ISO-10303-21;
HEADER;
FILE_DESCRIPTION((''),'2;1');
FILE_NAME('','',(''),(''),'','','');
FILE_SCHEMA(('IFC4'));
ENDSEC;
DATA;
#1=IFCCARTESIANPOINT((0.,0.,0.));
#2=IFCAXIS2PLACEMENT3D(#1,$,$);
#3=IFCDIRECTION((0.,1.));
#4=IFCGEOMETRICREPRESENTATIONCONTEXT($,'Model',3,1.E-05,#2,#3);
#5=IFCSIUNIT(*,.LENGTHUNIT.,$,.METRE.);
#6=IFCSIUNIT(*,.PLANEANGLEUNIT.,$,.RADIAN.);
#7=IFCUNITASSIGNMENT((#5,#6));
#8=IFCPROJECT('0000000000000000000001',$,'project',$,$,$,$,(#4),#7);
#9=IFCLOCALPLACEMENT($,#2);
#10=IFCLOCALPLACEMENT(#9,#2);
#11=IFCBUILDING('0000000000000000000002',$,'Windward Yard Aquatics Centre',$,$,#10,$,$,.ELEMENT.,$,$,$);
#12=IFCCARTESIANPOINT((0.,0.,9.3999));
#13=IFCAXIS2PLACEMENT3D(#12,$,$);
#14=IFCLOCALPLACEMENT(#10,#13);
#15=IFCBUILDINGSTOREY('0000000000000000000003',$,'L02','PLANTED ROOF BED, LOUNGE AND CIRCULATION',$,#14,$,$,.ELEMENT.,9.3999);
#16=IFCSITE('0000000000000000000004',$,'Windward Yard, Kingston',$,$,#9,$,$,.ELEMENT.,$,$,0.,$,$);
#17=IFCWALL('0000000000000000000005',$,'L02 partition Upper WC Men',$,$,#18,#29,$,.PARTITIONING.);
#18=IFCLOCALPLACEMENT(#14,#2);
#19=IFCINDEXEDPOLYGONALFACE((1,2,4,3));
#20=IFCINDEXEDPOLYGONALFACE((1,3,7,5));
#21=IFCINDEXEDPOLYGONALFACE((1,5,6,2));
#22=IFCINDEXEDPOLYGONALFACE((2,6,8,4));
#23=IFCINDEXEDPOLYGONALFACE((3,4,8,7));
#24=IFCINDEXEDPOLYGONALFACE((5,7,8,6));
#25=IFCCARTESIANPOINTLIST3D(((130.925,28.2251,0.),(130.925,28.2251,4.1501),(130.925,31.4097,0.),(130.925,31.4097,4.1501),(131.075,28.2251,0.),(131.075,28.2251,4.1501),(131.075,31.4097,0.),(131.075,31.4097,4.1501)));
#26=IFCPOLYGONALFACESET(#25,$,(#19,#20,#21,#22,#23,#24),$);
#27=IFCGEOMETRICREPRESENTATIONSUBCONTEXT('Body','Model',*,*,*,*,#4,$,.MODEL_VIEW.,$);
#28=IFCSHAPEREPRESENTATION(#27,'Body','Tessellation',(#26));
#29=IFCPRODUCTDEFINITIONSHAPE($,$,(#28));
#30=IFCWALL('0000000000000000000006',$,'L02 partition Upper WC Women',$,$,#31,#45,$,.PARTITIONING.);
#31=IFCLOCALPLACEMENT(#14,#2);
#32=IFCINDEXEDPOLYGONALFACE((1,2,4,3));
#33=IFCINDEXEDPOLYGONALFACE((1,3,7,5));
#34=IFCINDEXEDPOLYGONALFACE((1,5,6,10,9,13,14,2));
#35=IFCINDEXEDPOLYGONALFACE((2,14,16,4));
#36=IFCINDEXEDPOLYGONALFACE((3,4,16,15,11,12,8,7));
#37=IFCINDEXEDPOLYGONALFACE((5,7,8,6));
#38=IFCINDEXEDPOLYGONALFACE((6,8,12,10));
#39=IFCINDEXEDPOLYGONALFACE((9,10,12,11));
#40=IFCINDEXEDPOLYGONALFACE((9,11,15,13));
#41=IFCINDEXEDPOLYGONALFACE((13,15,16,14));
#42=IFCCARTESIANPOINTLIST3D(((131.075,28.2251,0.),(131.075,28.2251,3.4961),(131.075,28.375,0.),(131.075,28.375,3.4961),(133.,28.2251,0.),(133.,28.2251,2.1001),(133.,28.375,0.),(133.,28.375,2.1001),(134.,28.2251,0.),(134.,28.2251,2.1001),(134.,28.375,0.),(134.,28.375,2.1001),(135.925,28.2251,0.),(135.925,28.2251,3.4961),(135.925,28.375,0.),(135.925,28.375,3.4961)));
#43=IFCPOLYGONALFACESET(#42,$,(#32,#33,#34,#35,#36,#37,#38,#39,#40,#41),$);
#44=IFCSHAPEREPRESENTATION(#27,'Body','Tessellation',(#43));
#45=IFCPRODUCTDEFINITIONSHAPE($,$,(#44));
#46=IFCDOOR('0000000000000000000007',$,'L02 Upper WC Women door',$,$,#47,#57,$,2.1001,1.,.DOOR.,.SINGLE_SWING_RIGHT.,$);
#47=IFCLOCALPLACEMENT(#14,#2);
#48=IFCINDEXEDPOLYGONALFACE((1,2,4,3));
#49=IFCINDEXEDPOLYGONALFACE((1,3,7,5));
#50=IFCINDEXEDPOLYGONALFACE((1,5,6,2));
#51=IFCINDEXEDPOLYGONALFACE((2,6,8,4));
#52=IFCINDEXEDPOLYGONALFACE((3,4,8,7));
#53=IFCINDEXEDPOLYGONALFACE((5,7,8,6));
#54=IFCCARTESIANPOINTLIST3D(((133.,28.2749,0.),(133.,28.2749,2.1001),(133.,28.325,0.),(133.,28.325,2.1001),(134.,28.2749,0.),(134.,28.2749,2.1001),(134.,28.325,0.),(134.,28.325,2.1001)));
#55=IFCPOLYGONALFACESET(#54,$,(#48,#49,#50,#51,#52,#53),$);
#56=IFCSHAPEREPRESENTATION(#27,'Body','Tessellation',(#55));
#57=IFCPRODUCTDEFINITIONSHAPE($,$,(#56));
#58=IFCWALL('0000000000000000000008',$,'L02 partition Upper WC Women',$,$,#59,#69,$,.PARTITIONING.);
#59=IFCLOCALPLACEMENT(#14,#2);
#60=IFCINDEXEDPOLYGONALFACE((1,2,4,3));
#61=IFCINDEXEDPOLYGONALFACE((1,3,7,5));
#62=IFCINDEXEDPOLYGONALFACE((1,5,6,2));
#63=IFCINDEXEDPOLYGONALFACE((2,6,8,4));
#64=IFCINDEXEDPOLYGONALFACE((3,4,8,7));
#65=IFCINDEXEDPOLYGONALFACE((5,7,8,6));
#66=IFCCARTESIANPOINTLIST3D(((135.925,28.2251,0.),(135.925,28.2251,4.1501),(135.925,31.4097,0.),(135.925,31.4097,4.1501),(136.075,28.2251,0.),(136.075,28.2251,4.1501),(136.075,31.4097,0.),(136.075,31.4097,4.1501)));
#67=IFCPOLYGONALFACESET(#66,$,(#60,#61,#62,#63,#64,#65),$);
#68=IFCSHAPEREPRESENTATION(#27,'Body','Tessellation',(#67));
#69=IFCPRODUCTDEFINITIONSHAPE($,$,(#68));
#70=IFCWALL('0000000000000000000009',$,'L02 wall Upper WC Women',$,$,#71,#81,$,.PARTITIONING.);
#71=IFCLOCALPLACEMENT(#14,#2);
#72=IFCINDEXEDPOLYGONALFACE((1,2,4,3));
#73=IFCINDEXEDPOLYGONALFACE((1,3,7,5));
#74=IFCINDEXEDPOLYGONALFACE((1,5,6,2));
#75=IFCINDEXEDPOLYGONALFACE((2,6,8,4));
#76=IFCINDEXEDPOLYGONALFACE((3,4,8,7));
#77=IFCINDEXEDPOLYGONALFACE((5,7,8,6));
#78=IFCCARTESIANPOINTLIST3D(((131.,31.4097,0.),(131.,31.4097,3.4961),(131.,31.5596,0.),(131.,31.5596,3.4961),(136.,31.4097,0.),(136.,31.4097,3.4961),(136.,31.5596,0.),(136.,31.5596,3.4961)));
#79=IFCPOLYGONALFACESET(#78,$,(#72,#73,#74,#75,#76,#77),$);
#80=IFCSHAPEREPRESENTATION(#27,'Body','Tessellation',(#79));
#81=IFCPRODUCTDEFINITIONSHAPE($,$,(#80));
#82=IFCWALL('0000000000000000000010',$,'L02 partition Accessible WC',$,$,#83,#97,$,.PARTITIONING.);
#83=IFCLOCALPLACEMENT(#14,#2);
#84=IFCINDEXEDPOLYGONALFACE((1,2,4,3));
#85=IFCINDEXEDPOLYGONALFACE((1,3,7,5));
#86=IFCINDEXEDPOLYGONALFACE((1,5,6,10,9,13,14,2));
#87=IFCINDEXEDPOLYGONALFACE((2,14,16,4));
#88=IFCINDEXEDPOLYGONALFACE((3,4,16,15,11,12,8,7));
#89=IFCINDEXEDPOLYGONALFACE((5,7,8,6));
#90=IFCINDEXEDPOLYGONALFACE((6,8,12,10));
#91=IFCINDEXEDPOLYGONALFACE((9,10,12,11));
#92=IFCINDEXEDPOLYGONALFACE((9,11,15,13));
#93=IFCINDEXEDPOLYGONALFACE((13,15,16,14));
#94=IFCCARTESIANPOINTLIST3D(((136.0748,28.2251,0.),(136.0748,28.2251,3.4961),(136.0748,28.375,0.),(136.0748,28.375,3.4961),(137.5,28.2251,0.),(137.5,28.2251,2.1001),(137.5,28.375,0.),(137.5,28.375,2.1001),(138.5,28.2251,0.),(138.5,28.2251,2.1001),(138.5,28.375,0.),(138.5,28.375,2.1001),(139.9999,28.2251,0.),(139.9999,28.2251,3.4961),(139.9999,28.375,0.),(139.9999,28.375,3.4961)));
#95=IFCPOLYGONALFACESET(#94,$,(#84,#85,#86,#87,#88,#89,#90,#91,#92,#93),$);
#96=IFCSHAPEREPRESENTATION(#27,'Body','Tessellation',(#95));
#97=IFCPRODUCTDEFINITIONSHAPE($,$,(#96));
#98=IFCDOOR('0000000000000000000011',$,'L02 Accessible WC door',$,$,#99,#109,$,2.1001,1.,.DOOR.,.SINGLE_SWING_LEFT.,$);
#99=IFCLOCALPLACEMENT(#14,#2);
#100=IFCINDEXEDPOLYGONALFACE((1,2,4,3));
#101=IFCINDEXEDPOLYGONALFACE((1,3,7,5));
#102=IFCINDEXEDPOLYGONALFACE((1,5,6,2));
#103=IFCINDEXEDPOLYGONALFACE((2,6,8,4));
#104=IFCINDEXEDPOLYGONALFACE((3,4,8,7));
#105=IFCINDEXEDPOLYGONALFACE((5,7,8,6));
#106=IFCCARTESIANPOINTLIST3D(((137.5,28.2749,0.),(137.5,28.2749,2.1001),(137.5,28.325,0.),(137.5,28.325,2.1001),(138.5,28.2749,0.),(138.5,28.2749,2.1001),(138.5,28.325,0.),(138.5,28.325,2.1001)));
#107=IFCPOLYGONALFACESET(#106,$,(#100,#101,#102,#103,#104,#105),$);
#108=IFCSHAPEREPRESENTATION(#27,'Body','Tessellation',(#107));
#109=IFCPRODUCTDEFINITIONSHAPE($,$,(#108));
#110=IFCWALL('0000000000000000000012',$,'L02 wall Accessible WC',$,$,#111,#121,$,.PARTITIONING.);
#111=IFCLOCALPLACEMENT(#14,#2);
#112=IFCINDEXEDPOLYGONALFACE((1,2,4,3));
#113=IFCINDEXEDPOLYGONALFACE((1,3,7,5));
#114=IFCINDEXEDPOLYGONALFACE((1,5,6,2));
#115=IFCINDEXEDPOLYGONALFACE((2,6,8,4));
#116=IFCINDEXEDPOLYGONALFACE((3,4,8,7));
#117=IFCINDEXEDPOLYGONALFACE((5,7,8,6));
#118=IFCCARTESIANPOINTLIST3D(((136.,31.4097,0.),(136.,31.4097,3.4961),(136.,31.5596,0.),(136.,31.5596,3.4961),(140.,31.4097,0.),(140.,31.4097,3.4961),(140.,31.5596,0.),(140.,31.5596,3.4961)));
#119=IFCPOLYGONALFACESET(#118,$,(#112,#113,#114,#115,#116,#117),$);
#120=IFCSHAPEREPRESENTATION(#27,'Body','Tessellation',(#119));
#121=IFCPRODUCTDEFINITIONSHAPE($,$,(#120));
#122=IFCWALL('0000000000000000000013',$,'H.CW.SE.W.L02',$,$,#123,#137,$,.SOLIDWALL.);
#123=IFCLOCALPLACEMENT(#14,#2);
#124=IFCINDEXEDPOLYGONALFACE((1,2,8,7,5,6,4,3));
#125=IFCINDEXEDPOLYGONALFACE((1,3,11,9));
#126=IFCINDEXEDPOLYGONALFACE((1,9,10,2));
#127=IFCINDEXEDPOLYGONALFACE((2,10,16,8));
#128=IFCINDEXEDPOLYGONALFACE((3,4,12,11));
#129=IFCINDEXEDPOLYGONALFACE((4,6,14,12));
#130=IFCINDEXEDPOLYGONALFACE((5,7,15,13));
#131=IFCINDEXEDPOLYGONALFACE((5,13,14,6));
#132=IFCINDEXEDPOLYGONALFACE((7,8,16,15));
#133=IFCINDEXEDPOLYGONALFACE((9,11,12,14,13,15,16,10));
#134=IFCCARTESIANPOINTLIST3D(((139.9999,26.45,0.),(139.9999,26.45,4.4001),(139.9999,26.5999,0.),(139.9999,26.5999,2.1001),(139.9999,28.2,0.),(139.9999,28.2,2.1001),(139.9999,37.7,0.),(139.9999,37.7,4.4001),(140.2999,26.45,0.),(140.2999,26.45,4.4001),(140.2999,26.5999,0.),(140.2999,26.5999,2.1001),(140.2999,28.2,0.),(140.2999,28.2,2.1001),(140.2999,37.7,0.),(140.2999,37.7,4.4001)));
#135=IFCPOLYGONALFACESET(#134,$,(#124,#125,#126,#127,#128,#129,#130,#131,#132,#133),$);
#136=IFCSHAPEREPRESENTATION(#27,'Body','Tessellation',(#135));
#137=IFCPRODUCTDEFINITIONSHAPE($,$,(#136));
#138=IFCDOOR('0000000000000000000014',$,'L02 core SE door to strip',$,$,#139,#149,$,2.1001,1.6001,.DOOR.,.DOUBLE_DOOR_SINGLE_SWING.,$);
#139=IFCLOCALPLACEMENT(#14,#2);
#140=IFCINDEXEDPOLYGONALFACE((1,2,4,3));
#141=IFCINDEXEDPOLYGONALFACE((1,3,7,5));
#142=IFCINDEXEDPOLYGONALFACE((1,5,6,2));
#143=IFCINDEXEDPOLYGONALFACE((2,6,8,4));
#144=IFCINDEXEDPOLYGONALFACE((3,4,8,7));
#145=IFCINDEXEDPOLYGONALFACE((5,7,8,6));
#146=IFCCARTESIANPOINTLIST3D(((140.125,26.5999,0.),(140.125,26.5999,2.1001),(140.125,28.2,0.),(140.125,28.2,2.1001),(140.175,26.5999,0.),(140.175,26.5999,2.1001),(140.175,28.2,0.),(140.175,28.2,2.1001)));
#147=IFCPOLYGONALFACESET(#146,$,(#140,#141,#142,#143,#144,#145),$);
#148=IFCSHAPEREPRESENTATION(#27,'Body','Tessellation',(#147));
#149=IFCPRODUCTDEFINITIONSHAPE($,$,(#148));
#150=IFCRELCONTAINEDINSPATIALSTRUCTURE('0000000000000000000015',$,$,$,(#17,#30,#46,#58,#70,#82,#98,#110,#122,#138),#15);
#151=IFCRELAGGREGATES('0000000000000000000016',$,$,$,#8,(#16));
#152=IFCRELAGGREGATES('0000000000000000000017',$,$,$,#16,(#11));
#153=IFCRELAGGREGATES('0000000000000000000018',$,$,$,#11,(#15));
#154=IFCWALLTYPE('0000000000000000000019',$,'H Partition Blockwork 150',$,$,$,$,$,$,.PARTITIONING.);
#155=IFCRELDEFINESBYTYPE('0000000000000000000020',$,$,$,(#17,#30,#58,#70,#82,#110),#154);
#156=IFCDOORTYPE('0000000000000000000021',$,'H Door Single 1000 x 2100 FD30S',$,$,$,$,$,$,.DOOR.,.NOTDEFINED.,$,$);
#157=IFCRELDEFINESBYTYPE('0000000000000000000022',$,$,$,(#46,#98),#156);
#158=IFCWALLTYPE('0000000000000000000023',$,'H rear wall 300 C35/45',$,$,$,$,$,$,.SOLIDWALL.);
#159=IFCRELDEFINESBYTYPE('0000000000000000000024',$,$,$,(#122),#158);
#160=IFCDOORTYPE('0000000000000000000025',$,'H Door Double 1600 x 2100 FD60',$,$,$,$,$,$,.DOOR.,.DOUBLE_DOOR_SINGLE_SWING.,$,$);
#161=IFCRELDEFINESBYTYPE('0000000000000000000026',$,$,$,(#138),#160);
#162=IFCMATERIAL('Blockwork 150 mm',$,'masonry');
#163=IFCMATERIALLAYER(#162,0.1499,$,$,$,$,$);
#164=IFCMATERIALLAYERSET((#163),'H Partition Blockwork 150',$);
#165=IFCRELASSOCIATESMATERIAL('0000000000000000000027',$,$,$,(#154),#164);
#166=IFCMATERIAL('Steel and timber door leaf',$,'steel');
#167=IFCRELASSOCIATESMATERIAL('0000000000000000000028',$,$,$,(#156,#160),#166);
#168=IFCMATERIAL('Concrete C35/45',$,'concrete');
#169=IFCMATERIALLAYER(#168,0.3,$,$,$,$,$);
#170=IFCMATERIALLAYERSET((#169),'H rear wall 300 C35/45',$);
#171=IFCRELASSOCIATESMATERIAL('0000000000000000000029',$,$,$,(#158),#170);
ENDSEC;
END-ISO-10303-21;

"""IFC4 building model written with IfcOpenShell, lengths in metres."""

from ifc_helpers import new_model, si_unit, direction, frame, frame_2d, origin, place, context, subcontext, project, spatial, rectangle, extrude, material, layer, layer_set, type_object, element, fill, save


model = new_model("IFC4")

# Units and contexts
model_context = context("Model", 3, precision=1e-05, world=origin(), true_north=direction((0.0, 1.0)))
body_context = subcontext(model_context, "Body", "Model", "MODEL_VIEW")
ifc_project = project(units=[si_unit("LENGTHUNIT", "METRE"), si_unit("PLANEANGLEUNIT", "RADIAN")], contexts=[model_context])

# Site, building, storey
site_placement = place(None, origin())
site = spatial("IfcSite", under=ifc_project, at=site_placement, Name="Windward Yard, Kingston", CompositionType="ELEMENT", RefElevation=0.0)
building_placement = place(site_placement, origin())
building = spatial("IfcBuilding", under=site, at=building_placement, Name="Windward Yard Aquatics Centre", CompositionType="ELEMENT")
storey_placement = place(building_placement, frame((0.0, 0.0, 9.3999)))
storey = spatial("IfcBuildingStorey", under=building, at=storey_placement, Name="L02", Description="PLANTED ROOF BED, LOUNGE AND CIRCULATION", CompositionType="ELEMENT", Elevation=9.3999)

# Shared definitions
ifc_material_1 = material(Name="Concrete C35/45", Category="concrete")

# Shared definitions
ifc_material_2 = material(Name="Blockwork 150 mm", Category="masonry")
ifc_layer_1 = layer(ifc_material_2, 0.1499)
ifc_layer_set_1 = layer_set([ifc_layer_1], Name="H Partition Blockwork 150")
wall_type_1 = type_object("IfcWallType", Name="H Partition Blockwork 150", PredefinedType="PARTITIONING", material=ifc_layer_set_1)

# Shared definitions
ifc_material_3 = material(Name="Steel and timber door leaf", Category="steel")

# Wall
wall_1_placement = place(storey_placement, frame((131.0, 31.4097, 0.0), z_axis=(0.0, 0.0, 1.0), x_axis=(0.0, -1.0, 0.0)))
element("IfcWall", 1, at=wall_1_placement, inside=storey, type_object=wall_type_1, Name="L02 partition Upper WC Men", PredefinedType="PARTITIONING", context=body_context, shape_type="SweptSolid", body=[
    extrude(rectangle(XDim=3.1846, YDim=0.1499, at=frame_2d((1.5923, 0.0))), origin(), (0.0, 0.0, 1.0), 4.1501),
])

# Wall, opening, door
wall_2_placement = place(storey_placement, frame((131.075, 28.3, 0.0), z_axis=(0.0, 0.0, 1.0), x_axis=(1.0, 0.0, 0.0)))
wall_2 = element("IfcWall", 2, at=wall_2_placement, inside=storey, type_object=wall_type_1, Name="L02 partition Upper WC Women", PredefinedType="PARTITIONING", context=body_context, shape_type="SweptSolid", body=[
    extrude(rectangle(XDim=4.8501, YDim=0.1499, at=frame_2d((2.425, 0.0))), origin(), (0.0, 0.0, 1.0), 3.4961),
])
opening_1_placement = place(wall_2_placement, frame((1.925, 0.0, 0.0)))
opening_1 = element("IfcOpeningElement", 3, at=opening_1_placement, cuts=wall_2, PredefinedType="OPENING", context=body_context, shape_type="SweptSolid", body=[
    extrude(rectangle(XDim=1.0, YDim=2.1001, at=frame_2d((0.5, 1.05))), frame((0.0, 0.085, 0.0), z_axis=(0.0, -1.0, 0.0), x_axis=(1.0, 0.0, 0.0)), (0.0, 0.0, 1.0), 0.1699),
])
door_type_1 = type_object("IfcDoorType", Name="H Door Single 1000 x 2100 FD30S", OperationType="NOTDEFINED", PredefinedType="DOOR", material=ifc_material_3)
door_1_placement = place(opening_1_placement, origin())
door_1 = element("IfcDoor", 4, at=door_1_placement, inside=storey, type_object=door_type_1, Name="L02 Upper WC Women door", OperationType="SINGLE_SWING_RIGHT", OverallHeight=2.1001, OverallWidth=1.0, PredefinedType="DOOR", context=body_context, shape_type="SweptSolid", body=[
    extrude(rectangle(XDim=1.0, YDim=2.1001, at=frame_2d((0.5, 1.05))), frame((0.0, 0.0249, 0.0), z_axis=(0.0, -1.0, 0.0), x_axis=(1.0, 0.0, 0.0)), (0.0, 0.0, 1.0), 0.05),
])
fill(opening_1, door_1)

# Walls
wall_3_placement = place(storey_placement, frame((136.0, 31.4097, 0.0), z_axis=(0.0, 0.0, 1.0), x_axis=(0.0, -1.0, 0.0)))
element("IfcWall", 5, at=wall_3_placement, inside=storey, type_object=wall_type_1, Name="L02 partition Upper WC Women", PredefinedType="PARTITIONING", context=body_context, shape_type="SweptSolid", body=[
    extrude(rectangle(XDim=3.1846, YDim=0.1499, at=frame_2d((1.5923, 0.0))), origin(), (0.0, 0.0, 1.0), 4.1501),
])
wall_4_placement = place(storey_placement, frame((131.0, 31.4846, 0.0), z_axis=(0.0, 0.0, 1.0), x_axis=(1.0, 0.0, 0.0)))
element("IfcWall", 6, at=wall_4_placement, inside=storey, type_object=wall_type_1, Name="L02 wall Upper WC Women", PredefinedType="PARTITIONING", context=body_context, shape_type="SweptSolid", body=[
    extrude(rectangle(XDim=5.0, YDim=0.1499, at=frame_2d((2.5, 0.0))), origin(), (0.0, 0.0, 1.0), 3.4961),
])

# Wall, opening, door
wall_5_placement = place(storey_placement, frame((136.075, 28.3, 0.0), z_axis=(0.0, 0.0, 1.0), x_axis=(1.0, 0.0, 0.0)))
wall_5 = element("IfcWall", 7, at=wall_5_placement, inside=storey, type_object=wall_type_1, Name="L02 partition Accessible WC", PredefinedType="PARTITIONING", context=body_context, shape_type="SweptSolid", body=[
    extrude(rectangle(XDim=3.925, YDim=0.1499, at=frame_2d((1.9624, 0.0))), origin(), (0.0, 0.0, 1.0), 3.4961),
])
opening_2_placement = place(wall_5_placement, frame((1.425, 0.0, 0.0)))
opening_2 = element("IfcOpeningElement", 8, at=opening_2_placement, cuts=wall_5, PredefinedType="OPENING", context=body_context, shape_type="SweptSolid", body=[
    extrude(rectangle(XDim=1.0, YDim=2.1001, at=frame_2d((0.5, 1.05))), frame((0.0, 0.085, 0.0), z_axis=(0.0, -1.0, 0.0), x_axis=(1.0, 0.0, 0.0)), (0.0, 0.0, 1.0), 0.1699),
])
door_2_placement = place(opening_2_placement, origin())
door_2 = element("IfcDoor", 9, at=door_2_placement, inside=storey, type_object=door_type_1, Name="L02 Accessible WC door", OperationType="SINGLE_SWING_LEFT", OverallHeight=2.1001, OverallWidth=1.0, PredefinedType="DOOR", context=body_context, shape_type="SweptSolid", body=[
    extrude(rectangle(XDim=1.0, YDim=2.1001, at=frame_2d((0.5, 1.05))), frame((0.0, 0.0249, 0.0), z_axis=(0.0, -1.0, 0.0), x_axis=(1.0, 0.0, 0.0)), (0.0, 0.0, 1.0), 0.05),
])
fill(opening_2, door_2)

# Wall
wall_6_placement = place(storey_placement, frame((136.0, 31.4846, 0.0), z_axis=(0.0, 0.0, 1.0), x_axis=(1.0, 0.0, 0.0)))
element("IfcWall", 10, at=wall_6_placement, inside=storey, type_object=wall_type_1, Name="L02 wall Accessible WC", PredefinedType="PARTITIONING", context=body_context, shape_type="SweptSolid", body=[
    extrude(rectangle(XDim=4.0, YDim=0.1499, at=frame_2d((2.0, 0.0))), origin(), (0.0, 0.0, 1.0), 3.4961),
])

# Wall, opening, door
ifc_layer_2 = layer(ifc_material_1, 0.3)
ifc_layer_set_2 = layer_set([ifc_layer_2], Name="H rear wall 300 C35/45")
wall_type_2 = type_object("IfcWallType", Name="H rear wall 300 C35/45", PredefinedType="SOLIDWALL", material=ifc_layer_set_2)
wall_7_placement = place(storey_placement, frame((140.1499, 26.45, 0.0), z_axis=(0.0, 0.0, 1.0), x_axis=(0.0, 1.0, 0.0)))
wall_7 = element("IfcWall", 11, at=wall_7_placement, inside=storey, type_object=wall_type_2, Name="H.CW.SE.W.L02", PredefinedType="SOLIDWALL", context=body_context, shape_type="SweptSolid", body=[
    extrude(rectangle(XDim=11.25, YDim=0.3, at=frame_2d((5.625, 0.0))), origin(), (0.0, 0.0, 1.0), 4.4001),
])
opening_3_placement = place(wall_7_placement, frame((0.1499, 0.0, 0.0)))
opening_3 = element("IfcOpeningElement", 12, at=opening_3_placement, cuts=wall_7, PredefinedType="OPENING", context=body_context, shape_type="SweptSolid", body=[
    extrude(rectangle(XDim=1.6001, YDim=2.1001, at=frame_2d((0.8, 1.05))), frame((0.0, 0.1602, 0.0), z_axis=(0.0, -1.0, 0.0), x_axis=(1.0, 0.0, 0.0)), (0.0, 0.0, 1.0), 0.3201),
])
door_type_2 = type_object("IfcDoorType", Name="H Door Double 1600 x 2100 FD60", OperationType="DOUBLE_DOOR_SINGLE_SWING", PredefinedType="DOOR", material=ifc_material_3)
door_3_placement = place(opening_3_placement, origin())
door_3 = element("IfcDoor", 13, at=door_3_placement, inside=storey, type_object=door_type_2, Name="L02 core SE door to strip", OperationType="DOUBLE_DOOR_SINGLE_SWING", OverallHeight=2.1001, OverallWidth=1.6001, PredefinedType="DOOR", context=body_context, shape_type="SweptSolid", body=[
    extrude(rectangle(XDim=1.6001, YDim=2.1001, at=frame_2d((0.8, 1.05))), frame((0.0, 0.0249, 0.0), z_axis=(0.0, -1.0, 0.0), x_axis=(1.0, 0.0, 0.0)), (0.0, 0.0, 1.0), 0.05),
])
fill(opening_3, door_3)

save(model, "model.ifc")
